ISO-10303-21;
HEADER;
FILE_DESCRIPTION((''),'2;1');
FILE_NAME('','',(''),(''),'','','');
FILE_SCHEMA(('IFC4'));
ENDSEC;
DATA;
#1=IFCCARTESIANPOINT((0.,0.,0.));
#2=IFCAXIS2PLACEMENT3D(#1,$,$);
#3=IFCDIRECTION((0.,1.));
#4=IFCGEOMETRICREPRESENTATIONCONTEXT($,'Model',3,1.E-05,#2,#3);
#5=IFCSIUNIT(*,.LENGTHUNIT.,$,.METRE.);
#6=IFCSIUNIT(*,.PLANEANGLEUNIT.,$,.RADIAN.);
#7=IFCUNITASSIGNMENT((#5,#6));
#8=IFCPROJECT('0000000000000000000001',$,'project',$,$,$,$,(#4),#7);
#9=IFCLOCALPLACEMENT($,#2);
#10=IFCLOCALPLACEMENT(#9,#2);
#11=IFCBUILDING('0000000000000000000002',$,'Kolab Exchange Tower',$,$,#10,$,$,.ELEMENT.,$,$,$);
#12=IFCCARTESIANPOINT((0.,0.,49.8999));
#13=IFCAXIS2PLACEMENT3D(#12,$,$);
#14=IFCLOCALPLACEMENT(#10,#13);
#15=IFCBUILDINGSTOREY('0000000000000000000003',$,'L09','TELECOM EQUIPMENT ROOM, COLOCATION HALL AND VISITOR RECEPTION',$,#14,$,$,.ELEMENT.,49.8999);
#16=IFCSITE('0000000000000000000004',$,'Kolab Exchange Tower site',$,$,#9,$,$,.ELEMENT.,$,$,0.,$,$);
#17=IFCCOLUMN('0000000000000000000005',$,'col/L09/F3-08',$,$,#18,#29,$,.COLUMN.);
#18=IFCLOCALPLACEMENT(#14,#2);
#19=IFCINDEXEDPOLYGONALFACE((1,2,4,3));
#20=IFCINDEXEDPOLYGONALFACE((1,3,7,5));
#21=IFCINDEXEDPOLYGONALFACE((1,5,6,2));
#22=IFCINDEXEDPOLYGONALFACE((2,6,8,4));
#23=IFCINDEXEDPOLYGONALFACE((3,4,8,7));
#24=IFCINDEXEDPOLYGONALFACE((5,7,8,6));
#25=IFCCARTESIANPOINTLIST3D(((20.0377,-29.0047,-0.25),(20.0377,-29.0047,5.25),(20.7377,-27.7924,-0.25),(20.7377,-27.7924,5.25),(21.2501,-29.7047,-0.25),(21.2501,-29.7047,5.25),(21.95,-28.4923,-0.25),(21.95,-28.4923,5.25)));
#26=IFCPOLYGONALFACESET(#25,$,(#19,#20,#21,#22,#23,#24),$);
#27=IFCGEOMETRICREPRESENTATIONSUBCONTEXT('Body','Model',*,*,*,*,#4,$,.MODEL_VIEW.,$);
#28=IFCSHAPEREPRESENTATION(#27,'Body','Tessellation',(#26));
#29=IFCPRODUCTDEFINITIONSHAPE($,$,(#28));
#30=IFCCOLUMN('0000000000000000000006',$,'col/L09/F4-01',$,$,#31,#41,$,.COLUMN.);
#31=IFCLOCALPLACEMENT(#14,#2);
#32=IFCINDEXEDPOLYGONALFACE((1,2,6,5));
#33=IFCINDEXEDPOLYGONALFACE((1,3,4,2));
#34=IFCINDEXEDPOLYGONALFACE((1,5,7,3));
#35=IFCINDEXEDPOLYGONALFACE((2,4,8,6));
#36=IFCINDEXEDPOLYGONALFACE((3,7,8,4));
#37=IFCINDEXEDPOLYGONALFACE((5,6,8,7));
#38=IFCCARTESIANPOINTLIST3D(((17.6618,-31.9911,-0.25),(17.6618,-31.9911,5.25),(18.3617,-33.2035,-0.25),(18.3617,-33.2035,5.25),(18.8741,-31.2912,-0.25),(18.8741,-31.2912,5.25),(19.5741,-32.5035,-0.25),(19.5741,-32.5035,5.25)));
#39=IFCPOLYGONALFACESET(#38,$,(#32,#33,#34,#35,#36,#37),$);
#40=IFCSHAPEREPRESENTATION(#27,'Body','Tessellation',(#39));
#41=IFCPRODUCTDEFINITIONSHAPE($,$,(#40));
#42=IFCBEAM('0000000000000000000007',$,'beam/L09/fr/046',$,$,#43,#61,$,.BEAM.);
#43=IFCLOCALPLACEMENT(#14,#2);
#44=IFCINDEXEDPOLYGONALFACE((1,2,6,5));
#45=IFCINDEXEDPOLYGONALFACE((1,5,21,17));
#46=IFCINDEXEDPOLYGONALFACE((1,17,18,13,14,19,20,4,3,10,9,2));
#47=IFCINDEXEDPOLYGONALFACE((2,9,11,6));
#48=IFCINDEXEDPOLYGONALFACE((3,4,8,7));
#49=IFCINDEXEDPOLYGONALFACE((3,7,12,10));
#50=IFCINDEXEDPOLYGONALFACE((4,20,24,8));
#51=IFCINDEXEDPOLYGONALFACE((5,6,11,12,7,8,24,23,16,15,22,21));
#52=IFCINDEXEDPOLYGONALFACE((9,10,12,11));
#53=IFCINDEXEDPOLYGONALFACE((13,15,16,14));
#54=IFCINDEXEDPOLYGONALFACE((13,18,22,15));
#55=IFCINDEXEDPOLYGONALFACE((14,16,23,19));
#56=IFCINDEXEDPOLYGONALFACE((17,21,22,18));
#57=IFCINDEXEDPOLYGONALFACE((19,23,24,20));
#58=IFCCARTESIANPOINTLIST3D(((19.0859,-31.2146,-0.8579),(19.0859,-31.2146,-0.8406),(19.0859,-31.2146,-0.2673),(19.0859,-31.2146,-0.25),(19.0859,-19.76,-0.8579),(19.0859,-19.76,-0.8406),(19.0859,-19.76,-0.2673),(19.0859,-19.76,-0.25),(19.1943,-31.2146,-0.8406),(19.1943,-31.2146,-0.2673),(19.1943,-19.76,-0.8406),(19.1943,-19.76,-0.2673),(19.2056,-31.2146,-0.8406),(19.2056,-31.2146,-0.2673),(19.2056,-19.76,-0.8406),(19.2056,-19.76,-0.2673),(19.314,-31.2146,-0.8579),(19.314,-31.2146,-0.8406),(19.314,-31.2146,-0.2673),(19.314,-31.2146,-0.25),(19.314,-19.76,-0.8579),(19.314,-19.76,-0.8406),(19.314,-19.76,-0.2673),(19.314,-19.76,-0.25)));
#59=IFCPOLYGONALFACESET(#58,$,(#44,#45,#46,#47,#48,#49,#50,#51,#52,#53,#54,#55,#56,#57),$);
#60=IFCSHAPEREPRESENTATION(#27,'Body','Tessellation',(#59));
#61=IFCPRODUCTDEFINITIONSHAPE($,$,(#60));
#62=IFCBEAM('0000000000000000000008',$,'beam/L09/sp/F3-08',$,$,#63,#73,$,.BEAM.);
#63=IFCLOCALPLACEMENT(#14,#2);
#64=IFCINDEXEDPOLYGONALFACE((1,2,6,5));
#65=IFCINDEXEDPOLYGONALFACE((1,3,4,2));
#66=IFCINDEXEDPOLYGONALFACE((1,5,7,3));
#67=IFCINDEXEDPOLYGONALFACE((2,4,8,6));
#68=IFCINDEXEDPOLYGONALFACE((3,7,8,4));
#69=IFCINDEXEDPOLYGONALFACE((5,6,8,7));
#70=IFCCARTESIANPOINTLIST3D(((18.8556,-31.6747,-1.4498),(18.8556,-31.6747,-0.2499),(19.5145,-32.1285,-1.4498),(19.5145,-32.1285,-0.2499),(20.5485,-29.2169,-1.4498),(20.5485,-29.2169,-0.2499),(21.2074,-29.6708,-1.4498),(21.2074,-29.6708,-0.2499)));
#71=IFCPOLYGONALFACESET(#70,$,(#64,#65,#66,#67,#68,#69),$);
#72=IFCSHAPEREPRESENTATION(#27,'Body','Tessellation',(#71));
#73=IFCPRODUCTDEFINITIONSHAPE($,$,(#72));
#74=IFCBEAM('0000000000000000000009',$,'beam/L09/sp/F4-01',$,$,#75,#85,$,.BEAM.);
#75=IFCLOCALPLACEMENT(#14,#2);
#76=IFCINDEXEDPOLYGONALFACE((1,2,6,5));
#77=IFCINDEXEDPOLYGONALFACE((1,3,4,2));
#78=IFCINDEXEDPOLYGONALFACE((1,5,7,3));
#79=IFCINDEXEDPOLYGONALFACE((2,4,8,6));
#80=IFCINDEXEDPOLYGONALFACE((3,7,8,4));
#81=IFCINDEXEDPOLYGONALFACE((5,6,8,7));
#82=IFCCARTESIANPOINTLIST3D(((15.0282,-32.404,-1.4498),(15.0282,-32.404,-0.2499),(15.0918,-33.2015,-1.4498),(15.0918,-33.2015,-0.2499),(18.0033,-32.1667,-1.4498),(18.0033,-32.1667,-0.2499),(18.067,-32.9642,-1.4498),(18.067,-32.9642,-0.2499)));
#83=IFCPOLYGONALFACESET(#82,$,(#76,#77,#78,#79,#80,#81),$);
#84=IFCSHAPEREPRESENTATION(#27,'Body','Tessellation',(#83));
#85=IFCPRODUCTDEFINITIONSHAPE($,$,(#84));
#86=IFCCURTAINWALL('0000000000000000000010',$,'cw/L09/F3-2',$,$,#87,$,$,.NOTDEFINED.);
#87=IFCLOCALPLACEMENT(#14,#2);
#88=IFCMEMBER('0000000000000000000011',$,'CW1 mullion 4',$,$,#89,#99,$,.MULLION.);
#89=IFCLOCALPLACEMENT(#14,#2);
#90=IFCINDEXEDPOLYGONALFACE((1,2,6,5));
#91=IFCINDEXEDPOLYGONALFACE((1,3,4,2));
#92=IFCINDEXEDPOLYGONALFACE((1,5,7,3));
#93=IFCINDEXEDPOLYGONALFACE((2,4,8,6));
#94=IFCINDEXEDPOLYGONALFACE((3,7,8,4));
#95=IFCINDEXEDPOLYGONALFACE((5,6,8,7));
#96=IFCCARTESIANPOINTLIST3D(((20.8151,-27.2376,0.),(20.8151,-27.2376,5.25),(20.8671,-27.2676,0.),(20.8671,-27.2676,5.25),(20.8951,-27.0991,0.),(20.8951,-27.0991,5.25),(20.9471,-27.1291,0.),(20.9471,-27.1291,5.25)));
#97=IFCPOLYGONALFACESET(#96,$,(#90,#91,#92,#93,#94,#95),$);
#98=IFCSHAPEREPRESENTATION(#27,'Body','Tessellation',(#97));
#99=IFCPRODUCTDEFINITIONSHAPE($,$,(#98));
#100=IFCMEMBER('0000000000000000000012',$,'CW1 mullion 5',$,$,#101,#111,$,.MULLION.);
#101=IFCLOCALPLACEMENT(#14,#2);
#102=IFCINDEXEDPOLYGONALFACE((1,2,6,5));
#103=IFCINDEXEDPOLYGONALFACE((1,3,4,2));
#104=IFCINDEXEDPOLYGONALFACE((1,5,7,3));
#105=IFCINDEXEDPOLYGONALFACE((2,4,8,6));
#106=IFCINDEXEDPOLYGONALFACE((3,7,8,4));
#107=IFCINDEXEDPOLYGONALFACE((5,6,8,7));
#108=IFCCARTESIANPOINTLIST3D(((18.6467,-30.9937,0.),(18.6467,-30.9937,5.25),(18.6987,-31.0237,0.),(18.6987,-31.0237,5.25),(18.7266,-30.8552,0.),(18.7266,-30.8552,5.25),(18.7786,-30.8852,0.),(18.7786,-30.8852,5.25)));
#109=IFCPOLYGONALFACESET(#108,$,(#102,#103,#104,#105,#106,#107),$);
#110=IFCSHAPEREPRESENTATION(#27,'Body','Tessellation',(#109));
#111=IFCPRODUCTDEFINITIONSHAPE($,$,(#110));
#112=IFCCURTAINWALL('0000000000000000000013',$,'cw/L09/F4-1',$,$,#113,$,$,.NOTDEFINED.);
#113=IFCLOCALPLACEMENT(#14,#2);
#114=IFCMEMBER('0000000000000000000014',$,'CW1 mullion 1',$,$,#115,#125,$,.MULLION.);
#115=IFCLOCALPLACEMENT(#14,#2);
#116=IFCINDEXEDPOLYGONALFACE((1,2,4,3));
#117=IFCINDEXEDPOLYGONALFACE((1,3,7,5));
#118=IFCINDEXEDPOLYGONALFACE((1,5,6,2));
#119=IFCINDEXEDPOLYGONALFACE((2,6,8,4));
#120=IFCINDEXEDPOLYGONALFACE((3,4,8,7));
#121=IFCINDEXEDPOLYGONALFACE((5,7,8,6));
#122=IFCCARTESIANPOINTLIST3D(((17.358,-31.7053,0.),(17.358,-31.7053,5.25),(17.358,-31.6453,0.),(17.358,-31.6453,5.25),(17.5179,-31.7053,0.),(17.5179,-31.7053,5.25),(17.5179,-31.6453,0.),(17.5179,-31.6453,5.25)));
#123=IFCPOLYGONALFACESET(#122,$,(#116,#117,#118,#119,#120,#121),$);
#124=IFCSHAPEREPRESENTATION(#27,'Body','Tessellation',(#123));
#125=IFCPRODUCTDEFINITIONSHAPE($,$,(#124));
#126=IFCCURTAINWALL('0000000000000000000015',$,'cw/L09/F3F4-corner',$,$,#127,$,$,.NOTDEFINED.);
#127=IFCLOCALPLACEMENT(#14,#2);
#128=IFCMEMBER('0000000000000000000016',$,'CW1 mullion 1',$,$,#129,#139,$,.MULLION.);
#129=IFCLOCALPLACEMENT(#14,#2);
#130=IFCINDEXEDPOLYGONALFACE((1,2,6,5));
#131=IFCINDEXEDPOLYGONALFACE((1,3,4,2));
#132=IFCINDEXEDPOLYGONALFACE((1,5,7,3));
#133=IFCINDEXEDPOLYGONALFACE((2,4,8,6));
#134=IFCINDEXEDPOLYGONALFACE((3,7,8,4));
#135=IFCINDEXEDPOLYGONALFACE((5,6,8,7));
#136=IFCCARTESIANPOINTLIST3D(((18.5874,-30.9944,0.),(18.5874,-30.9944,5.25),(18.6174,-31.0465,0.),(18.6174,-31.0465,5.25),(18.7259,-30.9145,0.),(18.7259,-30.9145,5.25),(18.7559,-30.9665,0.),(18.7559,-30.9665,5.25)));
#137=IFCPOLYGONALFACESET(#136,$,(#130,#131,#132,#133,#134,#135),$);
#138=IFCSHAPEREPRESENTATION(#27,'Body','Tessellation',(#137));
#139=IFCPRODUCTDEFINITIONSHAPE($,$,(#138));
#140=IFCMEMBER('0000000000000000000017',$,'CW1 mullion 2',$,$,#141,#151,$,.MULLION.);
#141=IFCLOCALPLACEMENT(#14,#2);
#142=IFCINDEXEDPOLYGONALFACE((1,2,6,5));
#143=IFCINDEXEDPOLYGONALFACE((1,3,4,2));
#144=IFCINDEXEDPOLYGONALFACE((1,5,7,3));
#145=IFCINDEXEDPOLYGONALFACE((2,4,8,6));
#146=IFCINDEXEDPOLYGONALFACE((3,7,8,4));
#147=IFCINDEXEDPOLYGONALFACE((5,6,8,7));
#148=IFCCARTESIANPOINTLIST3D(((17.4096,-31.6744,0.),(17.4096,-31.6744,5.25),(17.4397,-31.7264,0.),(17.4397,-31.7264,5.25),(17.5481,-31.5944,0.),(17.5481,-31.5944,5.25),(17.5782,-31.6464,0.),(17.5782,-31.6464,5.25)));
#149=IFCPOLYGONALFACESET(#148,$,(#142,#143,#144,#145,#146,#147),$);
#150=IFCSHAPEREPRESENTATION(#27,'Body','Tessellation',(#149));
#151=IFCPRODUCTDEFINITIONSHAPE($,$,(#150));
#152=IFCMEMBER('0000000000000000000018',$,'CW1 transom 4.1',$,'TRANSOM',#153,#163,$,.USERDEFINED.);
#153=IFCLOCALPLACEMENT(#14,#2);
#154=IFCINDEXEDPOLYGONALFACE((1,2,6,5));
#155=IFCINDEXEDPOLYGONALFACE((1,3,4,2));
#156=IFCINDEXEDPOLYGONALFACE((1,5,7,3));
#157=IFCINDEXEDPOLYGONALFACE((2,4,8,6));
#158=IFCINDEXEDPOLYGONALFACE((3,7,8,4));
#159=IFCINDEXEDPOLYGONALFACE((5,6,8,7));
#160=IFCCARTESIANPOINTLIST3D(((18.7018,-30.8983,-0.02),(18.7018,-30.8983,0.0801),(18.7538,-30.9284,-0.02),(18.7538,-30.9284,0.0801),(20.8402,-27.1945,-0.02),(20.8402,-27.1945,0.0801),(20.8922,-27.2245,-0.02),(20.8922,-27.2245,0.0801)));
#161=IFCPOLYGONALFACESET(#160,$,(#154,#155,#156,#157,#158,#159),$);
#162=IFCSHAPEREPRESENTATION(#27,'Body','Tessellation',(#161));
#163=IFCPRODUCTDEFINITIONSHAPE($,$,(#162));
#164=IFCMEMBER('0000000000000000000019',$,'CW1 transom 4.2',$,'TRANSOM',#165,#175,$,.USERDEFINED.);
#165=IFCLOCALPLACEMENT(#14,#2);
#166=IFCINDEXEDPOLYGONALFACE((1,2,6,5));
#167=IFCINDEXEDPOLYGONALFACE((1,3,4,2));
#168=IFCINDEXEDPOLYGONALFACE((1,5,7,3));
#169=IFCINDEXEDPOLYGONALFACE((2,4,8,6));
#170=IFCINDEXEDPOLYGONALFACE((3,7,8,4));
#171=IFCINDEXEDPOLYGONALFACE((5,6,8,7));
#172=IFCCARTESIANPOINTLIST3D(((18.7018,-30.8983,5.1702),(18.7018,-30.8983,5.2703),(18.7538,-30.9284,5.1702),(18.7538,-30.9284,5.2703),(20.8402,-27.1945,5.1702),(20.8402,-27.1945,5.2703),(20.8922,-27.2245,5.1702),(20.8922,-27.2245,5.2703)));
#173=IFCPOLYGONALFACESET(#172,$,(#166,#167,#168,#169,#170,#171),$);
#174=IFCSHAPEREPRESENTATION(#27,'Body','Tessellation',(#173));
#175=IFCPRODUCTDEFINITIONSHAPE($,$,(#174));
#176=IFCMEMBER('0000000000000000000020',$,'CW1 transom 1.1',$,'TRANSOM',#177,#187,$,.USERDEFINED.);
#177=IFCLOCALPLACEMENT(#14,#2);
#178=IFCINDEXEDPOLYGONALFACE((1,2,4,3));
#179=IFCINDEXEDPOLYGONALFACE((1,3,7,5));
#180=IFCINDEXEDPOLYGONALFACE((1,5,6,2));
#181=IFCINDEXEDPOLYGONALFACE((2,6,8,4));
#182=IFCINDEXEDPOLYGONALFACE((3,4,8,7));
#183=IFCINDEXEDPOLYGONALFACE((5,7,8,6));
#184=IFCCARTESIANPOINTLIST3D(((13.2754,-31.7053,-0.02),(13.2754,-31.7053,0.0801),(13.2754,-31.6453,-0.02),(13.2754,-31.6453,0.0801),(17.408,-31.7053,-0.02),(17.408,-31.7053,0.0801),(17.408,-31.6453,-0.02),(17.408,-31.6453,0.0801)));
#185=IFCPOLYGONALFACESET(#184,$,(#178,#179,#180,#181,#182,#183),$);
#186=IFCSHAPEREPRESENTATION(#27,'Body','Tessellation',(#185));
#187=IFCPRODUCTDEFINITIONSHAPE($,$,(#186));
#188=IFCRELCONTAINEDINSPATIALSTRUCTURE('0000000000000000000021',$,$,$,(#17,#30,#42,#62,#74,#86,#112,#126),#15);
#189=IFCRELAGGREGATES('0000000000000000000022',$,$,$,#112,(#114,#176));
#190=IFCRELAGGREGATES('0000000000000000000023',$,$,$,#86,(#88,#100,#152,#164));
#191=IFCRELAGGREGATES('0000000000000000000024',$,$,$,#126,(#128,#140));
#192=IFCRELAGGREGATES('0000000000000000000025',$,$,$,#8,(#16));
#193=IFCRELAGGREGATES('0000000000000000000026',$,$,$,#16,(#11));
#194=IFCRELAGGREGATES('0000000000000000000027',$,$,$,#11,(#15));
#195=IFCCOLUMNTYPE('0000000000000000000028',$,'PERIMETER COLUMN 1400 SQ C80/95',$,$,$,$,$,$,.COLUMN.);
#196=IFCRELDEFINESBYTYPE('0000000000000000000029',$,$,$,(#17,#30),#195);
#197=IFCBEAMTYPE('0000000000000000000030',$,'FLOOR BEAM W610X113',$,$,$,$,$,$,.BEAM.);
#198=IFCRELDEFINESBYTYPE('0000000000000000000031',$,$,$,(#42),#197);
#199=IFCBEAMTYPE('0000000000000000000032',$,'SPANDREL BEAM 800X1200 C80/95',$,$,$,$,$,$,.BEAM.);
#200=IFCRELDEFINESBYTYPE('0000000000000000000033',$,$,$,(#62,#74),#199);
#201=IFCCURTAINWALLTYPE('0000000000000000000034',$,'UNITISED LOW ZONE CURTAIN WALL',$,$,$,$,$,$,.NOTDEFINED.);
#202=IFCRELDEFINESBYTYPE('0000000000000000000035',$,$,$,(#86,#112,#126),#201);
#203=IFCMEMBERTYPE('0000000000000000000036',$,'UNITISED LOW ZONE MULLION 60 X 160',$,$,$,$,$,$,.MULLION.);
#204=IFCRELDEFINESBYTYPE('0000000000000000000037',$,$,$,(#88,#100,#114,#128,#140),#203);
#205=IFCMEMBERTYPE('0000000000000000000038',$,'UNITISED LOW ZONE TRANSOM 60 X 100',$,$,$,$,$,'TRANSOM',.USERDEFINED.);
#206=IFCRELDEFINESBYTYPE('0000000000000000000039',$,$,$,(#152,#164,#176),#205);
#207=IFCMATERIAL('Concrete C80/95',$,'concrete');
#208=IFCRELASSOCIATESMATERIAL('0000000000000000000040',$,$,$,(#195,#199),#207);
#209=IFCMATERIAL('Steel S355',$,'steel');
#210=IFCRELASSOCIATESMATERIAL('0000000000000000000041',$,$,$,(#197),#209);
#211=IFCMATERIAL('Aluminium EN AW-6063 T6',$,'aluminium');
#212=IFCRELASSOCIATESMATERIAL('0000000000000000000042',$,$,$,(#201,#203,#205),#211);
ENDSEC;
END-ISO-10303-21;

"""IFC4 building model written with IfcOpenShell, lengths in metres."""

from ifc_helpers import new_model, si_unit, direction, frame, origin, origin_2d, place, context, subcontext, project, spatial, rectangle, i_section, extrude, material, material_profile, profile_set, type_object, element, aggregate, save


model = new_model("IFC4")

# Units and contexts
model_context = context("Model", 3, precision=1e-05, world=origin(), true_north=direction((0.0, 1.0)))
body_context = subcontext(model_context, "Body", "Model", "MODEL_VIEW")
ifc_project = project(units=[si_unit("LENGTHUNIT", "METRE"), si_unit("PLANEANGLEUNIT", "RADIAN")], contexts=[model_context])

# Site, building, storey
site_placement = place(None, origin())
site = spatial("IfcSite", under=ifc_project, at=site_placement, Name="Kolab Exchange Tower site", CompositionType="ELEMENT", RefElevation=0.0)
building_placement = place(site_placement, origin())
building = spatial("IfcBuilding", under=site, at=building_placement, Name="Kolab Exchange Tower", CompositionType="ELEMENT")
storey_placement = place(building_placement, frame((0.0, 0.0, 49.8999)))
storey = spatial("IfcBuildingStorey", under=building, at=storey_placement, Name="L09", Description="TELECOM EQUIPMENT ROOM, COLOCATION HALL AND VISITOR RECEPTION", CompositionType="ELEMENT", Elevation=49.8999)

# Columns
ifc_material_1 = material(Name="Concrete C80/95", Category="concrete")
ifc_material_profile_1 = material_profile(ifc_material_1, rectangle(XDim=1.3999, YDim=1.3999, at=origin_2d()), Name="RC1400")
ifc_profile_set_1 = profile_set([ifc_material_profile_1], Name="Concrete C80/95")
column_type = type_object("IfcColumnType", Name="PERIMETER COLUMN 1400 SQ C80/95", PredefinedType="COLUMN", material=ifc_profile_set_1)
for number, where, z_axis, x_axis, name in (
    (1, (20.9939, -28.7485, -0.25), (0.0, 0.0, 1.0), (0.5, 0.866025, 0.0), "col/L09/F3-08"),
    (2, (18.6179, -32.2473, -0.25), (0.0, 0.0, 1.0), (0.866025, 0.5, 0.0), "col/L09/F4-01"),
):
    element("IfcColumn", number, at=place(storey_placement, frame(where, z_axis=z_axis, x_axis=x_axis)), inside=storey, type_object=column_type, Name=name, PredefinedType="COLUMN", context=body_context, shape_type="SweptSolid", body=[
        extrude(rectangle(XDim=1.3999, YDim=1.3999, at=origin_2d()), origin(), (0.0, 0.0, 1.0), 5.5),
    ])

# Beams
ifc_material_2 = material(Name="Steel S355", Category="steel")
ifc_material_profile_2 = material_profile(ifc_material_2, i_section(OverallWidth=0.228, OverallDepth=0.6079, WebThickness=0.0112, FlangeThickness=0.0173, at=origin_2d()), Name="W610X113")
ifc_profile_set_2 = profile_set([ifc_material_profile_2], Name="Steel S355")
beam_type_1 = type_object("IfcBeamType", Name="FLOOR BEAM W610X113", PredefinedType="BEAM", material=ifc_profile_set_2)
beam_1_placement = place(storey_placement, frame((19.2, -31.2146, -0.554), z_axis=(0.0, 1.0, 0.0), x_axis=(-1.0, 0.0, 0.0)))
element("IfcBeam", 3, at=beam_1_placement, inside=storey, type_object=beam_type_1, Name="beam/L09/fr/046", PredefinedType="BEAM", context=body_context, shape_type="SweptSolid", body=[
    extrude(i_section(OverallWidth=0.228, OverallDepth=0.6079, WebThickness=0.0112, FlangeThickness=0.0173, at=origin_2d()), origin(), (0.0, 0.0, 1.0), 11.4546),
])
ifc_material_profile_3 = material_profile(ifc_material_1, rectangle(XDim=0.8, YDim=1.2, at=origin_2d()), Name="RC800X1200")
ifc_profile_set_3 = profile_set([ifc_material_profile_3], Name="Concrete C80/95")
beam_type_2 = type_object("IfcBeamType", Name="SPANDREL BEAM 800X1200 C80/95", PredefinedType="BEAM", material=ifc_profile_set_3)
beam_2_placement = place(storey_placement, frame((20.8779, -29.4438, -0.8499), z_axis=(-0.567247, -0.823548, 0.0), x_axis=(0.823548, -0.567247, 0.0)))
element("IfcBeam", 4, at=beam_2_placement, inside=storey, type_object=beam_type_2, Name="beam/L09/sp/F3-08", PredefinedType="BEAM", context=body_context, shape_type="SweptSolid", body=[
    extrude(rectangle(XDim=0.8, YDim=1.2, at=origin_2d()), origin(), (0.0, 0.0, 1.0), 2.9844),
])
beam_3_placement = place(storey_placement, frame((18.0352, -32.5654, -0.8499), z_axis=(-0.996834, -0.079511, 0.0), x_axis=(0.079511, -0.996834, 0.0)))
element("IfcBeam", 5, at=beam_3_placement, inside=storey, type_object=beam_type_2, Name="beam/L09/sp/F4-01", PredefinedType="BEAM", context=body_context, shape_type="SweptSolid", body=[
    extrude(rectangle(XDim=0.8, YDim=1.2, at=origin_2d()), origin(), (0.0, 0.0, 1.0), 2.9846),
])

# Curtain wall, members
ifc_material_3 = material(Name="Aluminium EN AW-6063 T6", Category="aluminium")
curtain_wall_type = type_object("IfcCurtainWallType", Name="UNITISED LOW ZONE CURTAIN WALL", PredefinedType="NOTDEFINED", material=ifc_material_3)
curtain_wall_1_placement = place(storey_placement, origin())
curtain_wall_1 = element("IfcCurtainWall", 6, at=curtain_wall_1_placement, inside=storey, type_object=curtain_wall_type, Name="cw/L09/F3-2", PredefinedType="NOTDEFINED")
ifc_material_profile_4 = material_profile(ifc_material_3, rectangle(XDim=0.0601, YDim=0.1599, at=origin_2d()), Name="RECT 60X160")
ifc_profile_set_4 = profile_set([ifc_material_profile_4], Name="Aluminium EN AW-6063 T6")
member_type_1 = type_object("IfcMemberType", Name="UNITISED LOW ZONE MULLION 60 X 160", PredefinedType="MULLION", material=ifc_profile_set_4)
member_1_placement = place(storey_placement, frame((20.8811, -27.1833, 0.0), z_axis=(0.0, 0.0, 1.0), x_axis=(0.866025, -0.5, 0.0)))
member_1 = element("IfcMember", 7, at=member_1_placement, type_object=member_type_1, Name="CW1 mullion 4", PredefinedType="MULLION", context=body_context, shape_type="SweptSolid", body=[
    extrude(rectangle(XDim=0.0601, YDim=0.1599, at=origin_2d()), origin(), (0.0, 0.0, 1.0), 5.25),
])
member_2_placement = place(storey_placement, frame((18.7126, -30.9395, 0.0), z_axis=(0.0, 0.0, 1.0), x_axis=(0.866025, -0.5, 0.0)))
member_2 = element("IfcMember", 8, at=member_2_placement, type_object=member_type_1, Name="CW1 mullion 5", PredefinedType="MULLION", context=body_context, shape_type="SweptSolid", body=[
    extrude(rectangle(XDim=0.0601, YDim=0.1599, at=origin_2d()), origin(), (0.0, 0.0, 1.0), 5.25),
])

# Curtain wall, member
curtain_wall_2_placement = place(storey_placement, origin())
curtain_wall_2 = element("IfcCurtainWall", 9, at=curtain_wall_2_placement, inside=storey, type_object=curtain_wall_type, Name="cw/L09/F4-1", PredefinedType="NOTDEFINED")
member_3_placement = place(storey_placement, frame((17.438, -31.6753, 0.0), z_axis=(0.0, 0.0, 1.0), x_axis=(0.0, -1.0, 0.0)))
member_3 = element("IfcMember", 10, at=member_3_placement, type_object=member_type_1, Name="CW1 mullion 1", PredefinedType="MULLION", context=body_context, shape_type="SweptSolid", body=[
    extrude(rectangle(XDim=0.0601, YDim=0.1599, at=origin_2d()), origin(), (0.0, 0.0, 1.0), 5.25),
])

# Curtain wall, members
curtain_wall_3_placement = place(storey_placement, origin())
curtain_wall_3 = element("IfcCurtainWall", 11, at=curtain_wall_3_placement, inside=storey, type_object=curtain_wall_type, Name="cw/L09/F3F4-corner", PredefinedType="NOTDEFINED")
member_4_placement = place(storey_placement, frame((18.6716, -30.9805, 0.0), z_axis=(0.0, 0.0, 1.0), x_axis=(0.5, -0.866025, 0.0)))
member_4 = element("IfcMember", 12, at=member_4_placement, type_object=member_type_1, Name="CW1 mullion 1", PredefinedType="MULLION", context=body_context, shape_type="SweptSolid", body=[
    extrude(rectangle(XDim=0.0601, YDim=0.1599, at=origin_2d()), origin(), (0.0, 0.0, 1.0), 5.25),
])
member_5_placement = place(storey_placement, frame((17.4939, -31.6604, 0.0), z_axis=(0.0, 0.0, 1.0), x_axis=(0.5, -0.866025, 0.0)))
member_5 = element("IfcMember", 13, at=member_5_placement, type_object=member_type_1, Name="CW1 mullion 2", PredefinedType="MULLION", context=body_context, shape_type="SweptSolid", body=[
    extrude(rectangle(XDim=0.0601, YDim=0.1599, at=origin_2d()), origin(), (0.0, 0.0, 1.0), 5.25),
])

# Members
ifc_material_profile_5 = material_profile(ifc_material_3, rectangle(XDim=0.0601, YDim=0.1001, at=origin_2d()), Name="RECT 60X100")
ifc_profile_set_5 = profile_set([ifc_material_profile_5], Name="Aluminium EN AW-6063 T6")
member_type_2 = type_object("IfcMemberType", Name="UNITISED LOW ZONE TRANSOM 60 X 100", ElementType="TRANSOM", PredefinedType="USERDEFINED", material=ifc_profile_set_5)
member_6_placement = place(storey_placement, frame((20.8662, -27.2095, 0.03), z_axis=(-0.500001, -0.866025, 0.0), x_axis=(0.866025, -0.500001, 0.0)))
member_6 = element("IfcMember", 14, at=member_6_placement, type_object=member_type_2, Name="CW1 transom 4.1", ObjectType="TRANSOM", PredefinedType="USERDEFINED", context=body_context, shape_type="SweptSolid", body=[
    extrude(rectangle(XDim=0.0601, YDim=0.1001, at=origin_2d()), origin(), (0.0, 0.0, 1.0), 4.2769),
])
member_7_placement = place(storey_placement, frame((20.8662, -27.2095, 5.2202), z_axis=(-0.500001, -0.866025, 0.0), x_axis=(0.866025, -0.500001, 0.0)))
member_7 = element("IfcMember", 15, at=member_7_placement, type_object=member_type_2, Name="CW1 transom 4.2", ObjectType="TRANSOM", PredefinedType="USERDEFINED", context=body_context, shape_type="SweptSolid", body=[
    extrude(rectangle(XDim=0.0601, YDim=0.1001, at=origin_2d()), origin(), (0.0, 0.0, 1.0), 4.2769),
])
member_8_placement = place(storey_placement, frame((17.408, -31.6753, 0.03), z_axis=(-1.0, 0.0, 0.0), x_axis=(0.0, -1.0, 0.0)))
member_8 = element("IfcMember", 16, at=member_8_placement, type_object=member_type_2, Name="CW1 transom 1.1", ObjectType="TRANSOM", PredefinedType="USERDEFINED", context=body_context, shape_type="SweptSolid", body=[
    extrude(rectangle(XDim=0.0601, YDim=0.1001, at=origin_2d()), origin(), (0.0, 0.0, 1.0), 4.1326),
])
aggregate(curtain_wall_2, [member_3, member_8])

aggregate(curtain_wall_1, [member_1, member_2, member_6, member_7])
aggregate(curtain_wall_3, [member_4, member_5])

save(model, "model.ifc")
